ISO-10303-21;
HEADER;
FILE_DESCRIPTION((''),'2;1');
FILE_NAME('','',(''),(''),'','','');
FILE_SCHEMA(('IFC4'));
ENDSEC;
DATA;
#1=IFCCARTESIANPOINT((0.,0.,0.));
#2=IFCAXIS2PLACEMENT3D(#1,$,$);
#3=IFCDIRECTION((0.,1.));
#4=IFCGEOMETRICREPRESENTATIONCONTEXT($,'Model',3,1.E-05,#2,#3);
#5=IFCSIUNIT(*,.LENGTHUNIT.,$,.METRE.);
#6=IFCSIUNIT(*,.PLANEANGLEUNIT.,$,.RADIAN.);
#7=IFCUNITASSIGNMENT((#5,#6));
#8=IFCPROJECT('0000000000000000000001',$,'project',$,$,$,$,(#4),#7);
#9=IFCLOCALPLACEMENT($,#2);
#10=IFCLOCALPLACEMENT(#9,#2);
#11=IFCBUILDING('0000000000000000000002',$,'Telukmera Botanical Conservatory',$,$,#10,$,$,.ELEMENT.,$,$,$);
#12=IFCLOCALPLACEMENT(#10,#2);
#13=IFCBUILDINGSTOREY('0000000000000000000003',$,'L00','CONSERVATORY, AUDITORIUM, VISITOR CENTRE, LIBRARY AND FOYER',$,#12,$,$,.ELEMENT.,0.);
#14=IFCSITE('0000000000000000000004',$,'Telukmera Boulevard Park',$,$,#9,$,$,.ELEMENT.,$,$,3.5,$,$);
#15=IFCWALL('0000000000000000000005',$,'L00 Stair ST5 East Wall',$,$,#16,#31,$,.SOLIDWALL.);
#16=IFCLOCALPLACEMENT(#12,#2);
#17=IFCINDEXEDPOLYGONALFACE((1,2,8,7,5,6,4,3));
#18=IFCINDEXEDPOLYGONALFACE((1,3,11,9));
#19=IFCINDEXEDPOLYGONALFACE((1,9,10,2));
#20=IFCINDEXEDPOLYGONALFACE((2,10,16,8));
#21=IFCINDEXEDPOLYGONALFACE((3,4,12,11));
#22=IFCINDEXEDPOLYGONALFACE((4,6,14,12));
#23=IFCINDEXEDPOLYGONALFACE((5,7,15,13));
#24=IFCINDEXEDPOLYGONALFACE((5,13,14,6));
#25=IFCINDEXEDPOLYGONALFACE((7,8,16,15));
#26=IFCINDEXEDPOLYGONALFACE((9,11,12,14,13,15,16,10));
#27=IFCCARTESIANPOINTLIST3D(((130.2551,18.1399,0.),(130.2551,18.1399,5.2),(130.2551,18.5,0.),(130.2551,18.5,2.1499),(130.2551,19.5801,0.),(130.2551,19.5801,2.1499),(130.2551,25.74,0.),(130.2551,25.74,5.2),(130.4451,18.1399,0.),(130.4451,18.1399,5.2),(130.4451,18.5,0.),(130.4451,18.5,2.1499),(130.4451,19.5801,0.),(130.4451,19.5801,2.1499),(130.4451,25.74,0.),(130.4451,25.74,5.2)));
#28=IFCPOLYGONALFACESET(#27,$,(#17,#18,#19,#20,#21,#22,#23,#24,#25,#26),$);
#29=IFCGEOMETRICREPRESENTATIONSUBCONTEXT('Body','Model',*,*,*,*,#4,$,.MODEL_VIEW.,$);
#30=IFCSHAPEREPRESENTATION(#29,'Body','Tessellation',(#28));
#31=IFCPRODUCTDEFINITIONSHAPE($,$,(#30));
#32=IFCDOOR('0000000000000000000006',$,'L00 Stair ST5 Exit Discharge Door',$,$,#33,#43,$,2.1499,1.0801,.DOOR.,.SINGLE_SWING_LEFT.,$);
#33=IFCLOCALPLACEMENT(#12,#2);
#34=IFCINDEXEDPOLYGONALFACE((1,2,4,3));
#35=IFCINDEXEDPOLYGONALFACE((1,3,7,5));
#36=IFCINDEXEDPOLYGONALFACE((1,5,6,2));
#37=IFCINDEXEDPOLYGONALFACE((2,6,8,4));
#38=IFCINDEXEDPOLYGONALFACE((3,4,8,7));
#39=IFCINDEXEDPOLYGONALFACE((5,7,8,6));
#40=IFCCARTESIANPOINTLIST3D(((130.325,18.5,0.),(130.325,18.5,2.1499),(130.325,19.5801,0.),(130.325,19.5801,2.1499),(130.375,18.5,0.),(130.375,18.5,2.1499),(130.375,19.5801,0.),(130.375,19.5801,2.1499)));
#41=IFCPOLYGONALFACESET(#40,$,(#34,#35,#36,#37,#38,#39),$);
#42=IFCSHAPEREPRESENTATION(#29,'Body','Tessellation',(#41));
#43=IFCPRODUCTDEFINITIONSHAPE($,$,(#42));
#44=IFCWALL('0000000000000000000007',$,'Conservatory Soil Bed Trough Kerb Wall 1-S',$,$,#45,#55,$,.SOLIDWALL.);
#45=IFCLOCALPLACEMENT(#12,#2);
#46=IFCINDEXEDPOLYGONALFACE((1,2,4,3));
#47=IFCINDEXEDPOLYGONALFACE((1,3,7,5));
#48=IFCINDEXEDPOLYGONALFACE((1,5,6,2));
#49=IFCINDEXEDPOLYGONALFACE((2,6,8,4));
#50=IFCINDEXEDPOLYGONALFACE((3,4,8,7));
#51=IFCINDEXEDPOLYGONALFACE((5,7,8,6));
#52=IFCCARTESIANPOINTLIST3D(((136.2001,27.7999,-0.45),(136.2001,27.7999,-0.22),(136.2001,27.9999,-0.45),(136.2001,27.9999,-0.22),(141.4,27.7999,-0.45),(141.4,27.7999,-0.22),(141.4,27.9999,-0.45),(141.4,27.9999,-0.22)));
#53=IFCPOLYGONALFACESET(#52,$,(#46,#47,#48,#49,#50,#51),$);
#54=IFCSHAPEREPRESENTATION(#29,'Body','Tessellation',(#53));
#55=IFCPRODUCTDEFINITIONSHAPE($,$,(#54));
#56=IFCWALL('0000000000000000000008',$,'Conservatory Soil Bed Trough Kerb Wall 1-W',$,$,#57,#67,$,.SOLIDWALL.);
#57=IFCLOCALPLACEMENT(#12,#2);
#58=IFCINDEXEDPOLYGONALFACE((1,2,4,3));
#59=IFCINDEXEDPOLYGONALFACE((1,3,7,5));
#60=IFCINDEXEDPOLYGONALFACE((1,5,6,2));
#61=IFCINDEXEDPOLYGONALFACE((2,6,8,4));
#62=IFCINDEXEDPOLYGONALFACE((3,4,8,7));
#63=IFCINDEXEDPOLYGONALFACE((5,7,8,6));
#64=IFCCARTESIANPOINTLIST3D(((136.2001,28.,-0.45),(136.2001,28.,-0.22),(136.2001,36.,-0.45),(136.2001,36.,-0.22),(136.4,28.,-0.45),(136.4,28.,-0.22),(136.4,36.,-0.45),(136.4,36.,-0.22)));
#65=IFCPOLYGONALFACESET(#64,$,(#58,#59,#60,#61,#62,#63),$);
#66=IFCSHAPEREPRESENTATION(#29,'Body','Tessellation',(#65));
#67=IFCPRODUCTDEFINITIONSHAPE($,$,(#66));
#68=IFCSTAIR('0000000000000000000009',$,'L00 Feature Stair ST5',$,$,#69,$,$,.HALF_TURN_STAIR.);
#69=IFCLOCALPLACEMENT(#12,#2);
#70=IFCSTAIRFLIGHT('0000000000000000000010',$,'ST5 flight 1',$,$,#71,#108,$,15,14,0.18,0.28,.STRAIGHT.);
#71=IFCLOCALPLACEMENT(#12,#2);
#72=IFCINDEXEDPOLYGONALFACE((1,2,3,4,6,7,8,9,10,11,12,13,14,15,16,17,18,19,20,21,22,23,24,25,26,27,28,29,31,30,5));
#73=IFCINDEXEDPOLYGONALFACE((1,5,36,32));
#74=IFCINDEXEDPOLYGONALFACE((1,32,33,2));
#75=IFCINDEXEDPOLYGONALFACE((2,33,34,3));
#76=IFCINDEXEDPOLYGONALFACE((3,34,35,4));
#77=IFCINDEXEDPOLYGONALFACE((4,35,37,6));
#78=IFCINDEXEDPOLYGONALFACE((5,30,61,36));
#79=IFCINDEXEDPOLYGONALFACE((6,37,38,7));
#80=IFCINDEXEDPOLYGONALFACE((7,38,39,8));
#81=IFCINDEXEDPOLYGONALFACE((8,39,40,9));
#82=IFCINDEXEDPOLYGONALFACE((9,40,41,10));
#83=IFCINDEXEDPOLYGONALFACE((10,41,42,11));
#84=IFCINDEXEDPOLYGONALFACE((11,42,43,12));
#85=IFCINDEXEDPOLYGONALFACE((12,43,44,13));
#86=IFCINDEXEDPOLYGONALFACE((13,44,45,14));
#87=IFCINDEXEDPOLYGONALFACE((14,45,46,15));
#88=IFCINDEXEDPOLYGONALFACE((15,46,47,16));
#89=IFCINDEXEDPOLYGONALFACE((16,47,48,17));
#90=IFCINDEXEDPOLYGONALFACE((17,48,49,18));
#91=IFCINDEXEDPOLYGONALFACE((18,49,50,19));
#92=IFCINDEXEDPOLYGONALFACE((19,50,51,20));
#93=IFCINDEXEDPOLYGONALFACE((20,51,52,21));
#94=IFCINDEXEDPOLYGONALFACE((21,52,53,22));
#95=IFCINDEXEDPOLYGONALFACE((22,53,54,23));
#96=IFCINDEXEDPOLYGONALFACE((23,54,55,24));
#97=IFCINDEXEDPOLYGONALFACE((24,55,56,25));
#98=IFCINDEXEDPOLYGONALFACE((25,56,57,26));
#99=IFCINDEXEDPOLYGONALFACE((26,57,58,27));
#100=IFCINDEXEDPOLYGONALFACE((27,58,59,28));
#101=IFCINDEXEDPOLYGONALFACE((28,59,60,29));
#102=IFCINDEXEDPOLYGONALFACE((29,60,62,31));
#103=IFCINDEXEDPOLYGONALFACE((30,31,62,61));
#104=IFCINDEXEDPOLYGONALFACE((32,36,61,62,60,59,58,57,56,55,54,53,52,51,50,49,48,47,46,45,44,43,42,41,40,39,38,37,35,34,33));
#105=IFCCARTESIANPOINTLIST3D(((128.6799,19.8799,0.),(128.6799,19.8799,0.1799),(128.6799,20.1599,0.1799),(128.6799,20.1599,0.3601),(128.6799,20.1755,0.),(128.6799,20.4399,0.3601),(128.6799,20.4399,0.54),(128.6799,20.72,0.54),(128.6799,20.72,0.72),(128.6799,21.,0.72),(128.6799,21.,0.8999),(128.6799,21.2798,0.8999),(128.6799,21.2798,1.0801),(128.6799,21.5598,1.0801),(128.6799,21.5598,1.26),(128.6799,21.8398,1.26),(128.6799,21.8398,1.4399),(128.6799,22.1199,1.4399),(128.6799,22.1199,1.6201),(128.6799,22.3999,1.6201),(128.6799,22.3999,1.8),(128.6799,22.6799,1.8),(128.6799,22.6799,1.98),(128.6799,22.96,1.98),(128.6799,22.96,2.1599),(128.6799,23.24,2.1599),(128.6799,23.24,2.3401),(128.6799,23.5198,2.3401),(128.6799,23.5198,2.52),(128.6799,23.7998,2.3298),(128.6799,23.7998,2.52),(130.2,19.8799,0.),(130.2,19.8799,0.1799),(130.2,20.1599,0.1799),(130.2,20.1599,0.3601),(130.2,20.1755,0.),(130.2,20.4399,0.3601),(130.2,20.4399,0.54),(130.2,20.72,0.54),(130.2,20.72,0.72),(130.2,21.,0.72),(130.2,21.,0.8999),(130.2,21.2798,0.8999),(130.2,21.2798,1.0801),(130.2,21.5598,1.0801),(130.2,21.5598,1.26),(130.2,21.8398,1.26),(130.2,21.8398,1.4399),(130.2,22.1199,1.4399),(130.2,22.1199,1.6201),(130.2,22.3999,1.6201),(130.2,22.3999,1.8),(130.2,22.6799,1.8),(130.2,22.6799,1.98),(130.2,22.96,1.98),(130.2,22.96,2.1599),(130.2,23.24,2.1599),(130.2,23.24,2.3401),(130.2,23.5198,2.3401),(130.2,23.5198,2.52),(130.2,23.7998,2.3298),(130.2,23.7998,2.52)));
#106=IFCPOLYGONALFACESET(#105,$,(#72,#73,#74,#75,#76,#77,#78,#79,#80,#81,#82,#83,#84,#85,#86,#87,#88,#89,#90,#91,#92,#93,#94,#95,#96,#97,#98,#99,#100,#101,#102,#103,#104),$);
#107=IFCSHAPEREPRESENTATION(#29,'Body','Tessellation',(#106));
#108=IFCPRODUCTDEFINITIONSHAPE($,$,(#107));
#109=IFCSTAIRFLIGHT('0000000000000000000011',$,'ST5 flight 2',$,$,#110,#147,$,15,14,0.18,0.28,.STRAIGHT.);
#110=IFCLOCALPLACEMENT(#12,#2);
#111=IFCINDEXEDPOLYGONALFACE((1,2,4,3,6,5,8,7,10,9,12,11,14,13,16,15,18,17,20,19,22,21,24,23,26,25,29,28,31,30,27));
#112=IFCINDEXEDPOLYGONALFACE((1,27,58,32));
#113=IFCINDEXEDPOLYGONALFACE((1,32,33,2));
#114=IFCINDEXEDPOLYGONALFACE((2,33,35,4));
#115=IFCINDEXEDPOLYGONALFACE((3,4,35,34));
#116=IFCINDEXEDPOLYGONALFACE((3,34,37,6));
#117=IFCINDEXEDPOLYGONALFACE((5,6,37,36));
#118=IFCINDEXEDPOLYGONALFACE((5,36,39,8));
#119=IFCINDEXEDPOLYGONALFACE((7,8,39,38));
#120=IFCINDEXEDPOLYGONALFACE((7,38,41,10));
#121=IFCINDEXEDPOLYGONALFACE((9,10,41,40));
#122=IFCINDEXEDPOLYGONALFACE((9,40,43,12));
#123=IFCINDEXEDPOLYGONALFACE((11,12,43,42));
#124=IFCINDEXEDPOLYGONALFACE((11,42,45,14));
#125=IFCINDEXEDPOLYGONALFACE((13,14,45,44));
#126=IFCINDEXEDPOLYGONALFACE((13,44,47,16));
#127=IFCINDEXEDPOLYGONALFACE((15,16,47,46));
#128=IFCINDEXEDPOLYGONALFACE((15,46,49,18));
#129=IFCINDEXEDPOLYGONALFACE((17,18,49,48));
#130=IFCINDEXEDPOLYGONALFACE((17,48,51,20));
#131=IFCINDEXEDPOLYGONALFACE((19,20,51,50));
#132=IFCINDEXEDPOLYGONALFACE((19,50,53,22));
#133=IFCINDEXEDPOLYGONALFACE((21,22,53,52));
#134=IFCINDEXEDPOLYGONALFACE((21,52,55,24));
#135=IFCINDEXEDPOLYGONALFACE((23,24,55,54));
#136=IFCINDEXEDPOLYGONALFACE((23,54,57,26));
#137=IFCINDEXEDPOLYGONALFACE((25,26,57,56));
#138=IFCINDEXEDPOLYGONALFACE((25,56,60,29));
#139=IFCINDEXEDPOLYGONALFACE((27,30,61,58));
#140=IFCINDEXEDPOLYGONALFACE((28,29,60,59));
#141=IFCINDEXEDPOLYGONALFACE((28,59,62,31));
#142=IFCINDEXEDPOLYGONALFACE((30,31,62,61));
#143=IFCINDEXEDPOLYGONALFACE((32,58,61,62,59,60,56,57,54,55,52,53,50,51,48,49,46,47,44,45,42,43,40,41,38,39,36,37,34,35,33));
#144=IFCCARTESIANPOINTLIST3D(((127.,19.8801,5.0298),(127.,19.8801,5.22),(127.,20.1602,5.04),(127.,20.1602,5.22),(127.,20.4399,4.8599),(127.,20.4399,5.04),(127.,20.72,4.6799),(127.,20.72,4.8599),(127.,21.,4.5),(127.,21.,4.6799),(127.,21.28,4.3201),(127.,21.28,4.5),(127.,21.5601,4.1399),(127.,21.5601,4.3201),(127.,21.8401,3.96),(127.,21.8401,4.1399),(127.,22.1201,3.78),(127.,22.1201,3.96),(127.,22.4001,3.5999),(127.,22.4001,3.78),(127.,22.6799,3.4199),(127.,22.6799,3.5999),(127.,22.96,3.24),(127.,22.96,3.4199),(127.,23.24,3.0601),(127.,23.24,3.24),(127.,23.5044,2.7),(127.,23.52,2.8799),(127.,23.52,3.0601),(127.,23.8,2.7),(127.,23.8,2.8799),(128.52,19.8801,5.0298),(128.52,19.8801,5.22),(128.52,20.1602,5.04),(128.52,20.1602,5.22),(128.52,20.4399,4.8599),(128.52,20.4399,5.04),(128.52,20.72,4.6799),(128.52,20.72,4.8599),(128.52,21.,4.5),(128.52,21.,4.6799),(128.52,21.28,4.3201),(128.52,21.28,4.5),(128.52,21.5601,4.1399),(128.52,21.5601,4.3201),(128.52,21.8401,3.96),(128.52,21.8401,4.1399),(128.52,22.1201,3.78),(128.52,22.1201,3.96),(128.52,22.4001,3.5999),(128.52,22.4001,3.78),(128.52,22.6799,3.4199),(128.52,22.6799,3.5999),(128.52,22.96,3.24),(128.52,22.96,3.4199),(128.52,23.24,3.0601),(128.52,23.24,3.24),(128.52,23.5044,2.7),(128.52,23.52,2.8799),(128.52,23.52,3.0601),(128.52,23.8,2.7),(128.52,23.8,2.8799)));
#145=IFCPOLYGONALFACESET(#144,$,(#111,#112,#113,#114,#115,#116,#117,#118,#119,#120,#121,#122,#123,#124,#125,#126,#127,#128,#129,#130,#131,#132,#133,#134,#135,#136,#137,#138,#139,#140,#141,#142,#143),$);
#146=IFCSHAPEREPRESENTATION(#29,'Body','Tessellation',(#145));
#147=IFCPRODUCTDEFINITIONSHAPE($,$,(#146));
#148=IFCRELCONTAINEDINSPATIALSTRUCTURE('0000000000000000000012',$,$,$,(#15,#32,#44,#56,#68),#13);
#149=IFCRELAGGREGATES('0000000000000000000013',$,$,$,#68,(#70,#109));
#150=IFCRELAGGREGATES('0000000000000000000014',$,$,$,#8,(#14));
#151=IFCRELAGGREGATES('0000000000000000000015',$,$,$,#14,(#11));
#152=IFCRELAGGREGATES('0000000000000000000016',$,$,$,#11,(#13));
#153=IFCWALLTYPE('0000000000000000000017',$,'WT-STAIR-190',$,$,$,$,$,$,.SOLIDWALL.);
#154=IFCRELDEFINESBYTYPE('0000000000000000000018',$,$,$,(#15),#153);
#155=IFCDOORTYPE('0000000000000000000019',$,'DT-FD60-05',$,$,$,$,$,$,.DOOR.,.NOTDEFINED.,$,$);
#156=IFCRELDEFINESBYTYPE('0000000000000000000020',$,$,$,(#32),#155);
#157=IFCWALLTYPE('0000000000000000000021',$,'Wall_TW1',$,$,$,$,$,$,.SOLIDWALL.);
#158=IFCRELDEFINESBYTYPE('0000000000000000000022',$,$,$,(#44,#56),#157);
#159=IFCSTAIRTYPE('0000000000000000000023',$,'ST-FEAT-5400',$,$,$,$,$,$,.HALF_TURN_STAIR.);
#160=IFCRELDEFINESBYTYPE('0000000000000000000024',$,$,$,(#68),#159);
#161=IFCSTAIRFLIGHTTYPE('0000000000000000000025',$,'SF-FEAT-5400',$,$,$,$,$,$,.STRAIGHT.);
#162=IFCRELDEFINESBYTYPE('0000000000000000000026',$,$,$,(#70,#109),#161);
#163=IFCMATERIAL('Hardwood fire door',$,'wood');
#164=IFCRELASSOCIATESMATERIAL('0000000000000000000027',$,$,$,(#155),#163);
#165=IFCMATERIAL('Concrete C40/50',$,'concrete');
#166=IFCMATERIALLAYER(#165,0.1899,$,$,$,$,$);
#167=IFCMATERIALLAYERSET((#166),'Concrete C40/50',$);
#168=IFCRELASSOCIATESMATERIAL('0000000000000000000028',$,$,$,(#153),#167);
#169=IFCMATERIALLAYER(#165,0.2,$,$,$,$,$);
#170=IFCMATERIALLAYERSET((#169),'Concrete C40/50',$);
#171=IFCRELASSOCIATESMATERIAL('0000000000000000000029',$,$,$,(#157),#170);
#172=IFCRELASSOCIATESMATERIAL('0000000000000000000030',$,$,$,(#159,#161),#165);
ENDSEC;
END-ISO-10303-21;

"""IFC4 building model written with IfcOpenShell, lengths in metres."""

from ifc_helpers import new_model, si_unit, direction, frame, frame_2d, origin, place, context, subcontext, project, spatial, polyline, rectangle, outline, extrude, material, layer, layer_set, type_object, element, fill, aggregate, save


model = new_model("IFC4")

# Units and contexts
model_context = context("Model", 3, precision=1e-05, world=origin(), true_north=direction((0.0, 1.0)))
body_context = subcontext(model_context, "Body", "Model", "MODEL_VIEW")
ifc_project = project(units=[si_unit("LENGTHUNIT", "METRE"), si_unit("PLANEANGLEUNIT", "RADIAN")], contexts=[model_context])

# Site, building, storey
site_placement = place(None, origin())
site = spatial("IfcSite", under=ifc_project, at=site_placement, Name="Telukmera Boulevard Park", CompositionType="ELEMENT", RefElevation=3.5)
building_placement = place(site_placement, origin())
building = spatial("IfcBuilding", under=site, at=building_placement, Name="Telukmera Botanical Conservatory", CompositionType="ELEMENT")
storey_placement = place(building_placement, origin())
storey = spatial("IfcBuildingStorey", under=building, at=storey_placement, Name="L00", Description="CONSERVATORY, AUDITORIUM, VISITOR CENTRE, LIBRARY AND FOYER", CompositionType="ELEMENT", Elevation=0.0)

# Shared definitions
ifc_material_1 = material(Name="Hardwood fire door", Category="wood")
door_type = type_object("IfcDoorType", Name="DT-FD60-05", OperationType="NOTDEFINED", PredefinedType="DOOR", material=ifc_material_1)

# Shared definitions
ifc_material_2 = material(Name="Concrete C40/50", Category="concrete")
ifc_layer_1 = layer(ifc_material_2, 0.1899)
ifc_layer_set_1 = layer_set([ifc_layer_1], Name="Concrete C40/50")
wall_type_1 = type_object("IfcWallType", Name="WT-STAIR-190", PredefinedType="SOLIDWALL", material=ifc_layer_set_1)

# Wall, opening, door
wall_1_placement = place(storey_placement, frame((130.3501, 18.1399, 0.0), z_axis=(0.0, 0.0, 1.0), x_axis=(0.0, 1.0, 0.0)))
wall_1 = element("IfcWall", 1, at=wall_1_placement, inside=storey, type_object=wall_type_1, Name="L00 Stair ST5 East Wall", PredefinedType="SOLIDWALL", context=body_context, shape_type="SweptSolid", body=[
    extrude(rectangle(XDim=7.6001, YDim=0.1899, at=frame_2d((3.8, 0.0))), origin(), (0.0, 0.0, 1.0), 5.2),
])
opening_1_placement = place(wall_1_placement, frame((0.3601, 0.0, 0.0)))
opening_1 = element("IfcOpeningElement", 2, at=opening_1_placement, cuts=wall_1, PredefinedType="OPENING", context=body_context, shape_type="SweptSolid", body=[
    extrude(rectangle(XDim=1.0801, YDim=2.1499, at=frame_2d((0.54, 1.075))), frame((0.0, 0.105, 0.0), z_axis=(0.0, -1.0, 0.0), x_axis=(1.0, 0.0, 0.0)), (0.0, 0.0, 1.0), 0.21),
])
door_1_placement = place(opening_1_placement, frame((1.0801, 0.0, 0.0), z_axis=(0.0, 0.0, 1.0), x_axis=(-1.0, 0.0, 0.0)))
door_1 = element("IfcDoor", 3, at=door_1_placement, inside=storey, type_object=door_type, Name="L00 Stair ST5 Exit Discharge Door", OperationType="SINGLE_SWING_LEFT", OverallHeight=2.1499, OverallWidth=1.0801, PredefinedType="DOOR", context=body_context, shape_type="SweptSolid", body=[
    extrude(rectangle(XDim=1.0801, YDim=2.1499, at=frame_2d((0.54, 1.075))), frame((0.0, 0.0249, 0.0), z_axis=(0.0, -1.0, 0.0), x_axis=(1.0, 0.0, 0.0)), (0.0, 0.0, 1.0), 0.05),
])
fill(opening_1, door_1)

# Walls
ifc_layer_2 = layer(ifc_material_2, 0.2)
ifc_layer_set_2 = layer_set([ifc_layer_2], Name="Concrete C40/50")
wall_type_2 = type_object("IfcWallType", Name="Wall_TW1", PredefinedType="SOLIDWALL", material=ifc_layer_set_2)
wall_2_placement = place(storey_placement, frame((136.2, 27.8999, -0.45), z_axis=(0.0, 0.0, 1.0), x_axis=(1.0, 0.0, 0.0)))
element("IfcWall", 4, at=wall_2_placement, inside=storey, type_object=wall_type_2, Name="Conservatory Soil Bed Trough Kerb Wall 1-S", PredefinedType="SOLIDWALL", context=body_context, shape_type="SweptSolid", body=[
    extrude(rectangle(XDim=5.2, YDim=0.2, at=frame_2d((2.6001, 0.0))), origin(), (0.0, 0.0, 1.0), 0.23),
])
wall_3_placement = place(storey_placement, frame((136.3, 28.0, -0.45), z_axis=(0.0, 0.0, 1.0), x_axis=(0.0, 1.0, 0.0)))
element("IfcWall", 5, at=wall_3_placement, inside=storey, type_object=wall_type_2, Name="Conservatory Soil Bed Trough Kerb Wall 1-W", PredefinedType="SOLIDWALL", context=body_context, shape_type="SweptSolid", body=[
    extrude(rectangle(XDim=8.0, YDim=0.2, at=frame_2d((4.0, 0.0))), origin(), (0.0, 0.0, 1.0), 0.23),
])

# Stair, stair flights
stair_type = type_object("IfcStairType", Name="ST-FEAT-5400", PredefinedType="HALF_TURN_STAIR", material=ifc_material_2)
stair_placement = place(storey_placement, origin())
stair = element("IfcStair", 6, at=stair_placement, inside=storey, type_object=stair_type, Name="L00 Feature Stair ST5", PredefinedType="HALF_TURN_STAIR")
stair_flight_type = type_object("IfcStairFlightType", Name="SF-FEAT-5400", PredefinedType="STRAIGHT", material=ifc_material_2)
stair_flight_1_placement = place(storey_placement, frame((129.4399, 19.8799, 0.0), z_axis=(0.0, 0.0, 1.0), x_axis=(0.0, 1.0, 0.0)))
stair_flight_1 = element("IfcStairFlight", 7, at=stair_flight_1_placement, type_object=stair_flight_type, Name="ST5 flight 1", NumberOfRisers=15, NumberOfTreads=14, PredefinedType="STRAIGHT", RiserHeight=0.18, TreadLength=0.28, context=body_context, shape_type="SweptSolid", body=[
    extrude(outline(polyline([(0.0, 0.0), (0.0, 0.1799), (0.28, 0.1799), (0.28, 0.3601), (0.5601, 0.3601), (0.5601, 0.54), (0.8401, 0.54), (0.8401, 0.72), (1.1201, 0.72), (1.1201, 0.8999), (1.3999, 0.8999), (1.3999, 1.0801), (1.6799, 1.0801), (1.6799, 1.26), (1.96, 1.26), (1.96, 1.4399), (2.24, 1.4399), (2.24, 1.6201), (2.52, 1.6201), (2.52, 1.8), (2.8, 1.8), (2.8, 1.98), (3.0801, 1.98), (3.0801, 2.1599), (3.3601, 2.1599), (3.3601, 2.3401), (3.6399, 2.3401), (3.6399, 2.52), (3.9199, 2.52), (3.9199, 2.7), (3.9199, 2.3298), (0.2957, 0.0), (0.0, 0.0)])), frame((0.0, 0.76, 0.0), z_axis=(0.0, -1.0, 0.0), x_axis=(1.0, 0.0, 0.0)), (0.0, 0.0, 1.0), 1.52),
])
stair_flight_2_placement = place(storey_placement, frame((127.76, 23.8, 2.7), z_axis=(0.0, 0.0, 1.0), x_axis=(0.0, -1.0, 0.0)))
stair_flight_2 = element("IfcStairFlight", 8, at=stair_flight_2_placement, type_object=stair_flight_type, Name="ST5 flight 2", NumberOfRisers=15, NumberOfTreads=14, PredefinedType="STRAIGHT", RiserHeight=0.18, TreadLength=0.28, context=body_context, shape_type="SweptSolid", body=[
    extrude(outline(polyline([(0.0, 0.0), (0.0, 0.1799), (0.28, 0.1799), (0.28, 0.3601), (0.5601, 0.3601), (0.5601, 0.54), (0.8401, 0.54), (0.8401, 0.72), (1.1201, 0.72), (1.1201, 0.8999), (1.3999, 0.8999), (1.3999, 1.0801), (1.6799, 1.0801), (1.6799, 1.26), (1.96, 1.26), (1.96, 1.4399), (2.24, 1.4399), (2.24, 1.6201), (2.52, 1.6201), (2.52, 1.8), (2.8, 1.8), (2.8, 1.98), (3.0801, 1.98), (3.0801, 2.1599), (3.3601, 2.1599), (3.3601, 2.3401), (3.6399, 2.3401), (3.6399, 2.52), (3.9199, 2.52), (3.9199, 2.7), (3.9199, 2.3298), (0.2957, 0.0), (0.0, 0.0)])), frame((0.0, 0.76, 0.0), z_axis=(0.0, -1.0, 0.0), x_axis=(1.0, 0.0, 0.0)), (0.0, 0.0, 1.0), 1.52),
])
aggregate(stair, [stair_flight_1, stair_flight_2])

save(model, "model.ifc")
